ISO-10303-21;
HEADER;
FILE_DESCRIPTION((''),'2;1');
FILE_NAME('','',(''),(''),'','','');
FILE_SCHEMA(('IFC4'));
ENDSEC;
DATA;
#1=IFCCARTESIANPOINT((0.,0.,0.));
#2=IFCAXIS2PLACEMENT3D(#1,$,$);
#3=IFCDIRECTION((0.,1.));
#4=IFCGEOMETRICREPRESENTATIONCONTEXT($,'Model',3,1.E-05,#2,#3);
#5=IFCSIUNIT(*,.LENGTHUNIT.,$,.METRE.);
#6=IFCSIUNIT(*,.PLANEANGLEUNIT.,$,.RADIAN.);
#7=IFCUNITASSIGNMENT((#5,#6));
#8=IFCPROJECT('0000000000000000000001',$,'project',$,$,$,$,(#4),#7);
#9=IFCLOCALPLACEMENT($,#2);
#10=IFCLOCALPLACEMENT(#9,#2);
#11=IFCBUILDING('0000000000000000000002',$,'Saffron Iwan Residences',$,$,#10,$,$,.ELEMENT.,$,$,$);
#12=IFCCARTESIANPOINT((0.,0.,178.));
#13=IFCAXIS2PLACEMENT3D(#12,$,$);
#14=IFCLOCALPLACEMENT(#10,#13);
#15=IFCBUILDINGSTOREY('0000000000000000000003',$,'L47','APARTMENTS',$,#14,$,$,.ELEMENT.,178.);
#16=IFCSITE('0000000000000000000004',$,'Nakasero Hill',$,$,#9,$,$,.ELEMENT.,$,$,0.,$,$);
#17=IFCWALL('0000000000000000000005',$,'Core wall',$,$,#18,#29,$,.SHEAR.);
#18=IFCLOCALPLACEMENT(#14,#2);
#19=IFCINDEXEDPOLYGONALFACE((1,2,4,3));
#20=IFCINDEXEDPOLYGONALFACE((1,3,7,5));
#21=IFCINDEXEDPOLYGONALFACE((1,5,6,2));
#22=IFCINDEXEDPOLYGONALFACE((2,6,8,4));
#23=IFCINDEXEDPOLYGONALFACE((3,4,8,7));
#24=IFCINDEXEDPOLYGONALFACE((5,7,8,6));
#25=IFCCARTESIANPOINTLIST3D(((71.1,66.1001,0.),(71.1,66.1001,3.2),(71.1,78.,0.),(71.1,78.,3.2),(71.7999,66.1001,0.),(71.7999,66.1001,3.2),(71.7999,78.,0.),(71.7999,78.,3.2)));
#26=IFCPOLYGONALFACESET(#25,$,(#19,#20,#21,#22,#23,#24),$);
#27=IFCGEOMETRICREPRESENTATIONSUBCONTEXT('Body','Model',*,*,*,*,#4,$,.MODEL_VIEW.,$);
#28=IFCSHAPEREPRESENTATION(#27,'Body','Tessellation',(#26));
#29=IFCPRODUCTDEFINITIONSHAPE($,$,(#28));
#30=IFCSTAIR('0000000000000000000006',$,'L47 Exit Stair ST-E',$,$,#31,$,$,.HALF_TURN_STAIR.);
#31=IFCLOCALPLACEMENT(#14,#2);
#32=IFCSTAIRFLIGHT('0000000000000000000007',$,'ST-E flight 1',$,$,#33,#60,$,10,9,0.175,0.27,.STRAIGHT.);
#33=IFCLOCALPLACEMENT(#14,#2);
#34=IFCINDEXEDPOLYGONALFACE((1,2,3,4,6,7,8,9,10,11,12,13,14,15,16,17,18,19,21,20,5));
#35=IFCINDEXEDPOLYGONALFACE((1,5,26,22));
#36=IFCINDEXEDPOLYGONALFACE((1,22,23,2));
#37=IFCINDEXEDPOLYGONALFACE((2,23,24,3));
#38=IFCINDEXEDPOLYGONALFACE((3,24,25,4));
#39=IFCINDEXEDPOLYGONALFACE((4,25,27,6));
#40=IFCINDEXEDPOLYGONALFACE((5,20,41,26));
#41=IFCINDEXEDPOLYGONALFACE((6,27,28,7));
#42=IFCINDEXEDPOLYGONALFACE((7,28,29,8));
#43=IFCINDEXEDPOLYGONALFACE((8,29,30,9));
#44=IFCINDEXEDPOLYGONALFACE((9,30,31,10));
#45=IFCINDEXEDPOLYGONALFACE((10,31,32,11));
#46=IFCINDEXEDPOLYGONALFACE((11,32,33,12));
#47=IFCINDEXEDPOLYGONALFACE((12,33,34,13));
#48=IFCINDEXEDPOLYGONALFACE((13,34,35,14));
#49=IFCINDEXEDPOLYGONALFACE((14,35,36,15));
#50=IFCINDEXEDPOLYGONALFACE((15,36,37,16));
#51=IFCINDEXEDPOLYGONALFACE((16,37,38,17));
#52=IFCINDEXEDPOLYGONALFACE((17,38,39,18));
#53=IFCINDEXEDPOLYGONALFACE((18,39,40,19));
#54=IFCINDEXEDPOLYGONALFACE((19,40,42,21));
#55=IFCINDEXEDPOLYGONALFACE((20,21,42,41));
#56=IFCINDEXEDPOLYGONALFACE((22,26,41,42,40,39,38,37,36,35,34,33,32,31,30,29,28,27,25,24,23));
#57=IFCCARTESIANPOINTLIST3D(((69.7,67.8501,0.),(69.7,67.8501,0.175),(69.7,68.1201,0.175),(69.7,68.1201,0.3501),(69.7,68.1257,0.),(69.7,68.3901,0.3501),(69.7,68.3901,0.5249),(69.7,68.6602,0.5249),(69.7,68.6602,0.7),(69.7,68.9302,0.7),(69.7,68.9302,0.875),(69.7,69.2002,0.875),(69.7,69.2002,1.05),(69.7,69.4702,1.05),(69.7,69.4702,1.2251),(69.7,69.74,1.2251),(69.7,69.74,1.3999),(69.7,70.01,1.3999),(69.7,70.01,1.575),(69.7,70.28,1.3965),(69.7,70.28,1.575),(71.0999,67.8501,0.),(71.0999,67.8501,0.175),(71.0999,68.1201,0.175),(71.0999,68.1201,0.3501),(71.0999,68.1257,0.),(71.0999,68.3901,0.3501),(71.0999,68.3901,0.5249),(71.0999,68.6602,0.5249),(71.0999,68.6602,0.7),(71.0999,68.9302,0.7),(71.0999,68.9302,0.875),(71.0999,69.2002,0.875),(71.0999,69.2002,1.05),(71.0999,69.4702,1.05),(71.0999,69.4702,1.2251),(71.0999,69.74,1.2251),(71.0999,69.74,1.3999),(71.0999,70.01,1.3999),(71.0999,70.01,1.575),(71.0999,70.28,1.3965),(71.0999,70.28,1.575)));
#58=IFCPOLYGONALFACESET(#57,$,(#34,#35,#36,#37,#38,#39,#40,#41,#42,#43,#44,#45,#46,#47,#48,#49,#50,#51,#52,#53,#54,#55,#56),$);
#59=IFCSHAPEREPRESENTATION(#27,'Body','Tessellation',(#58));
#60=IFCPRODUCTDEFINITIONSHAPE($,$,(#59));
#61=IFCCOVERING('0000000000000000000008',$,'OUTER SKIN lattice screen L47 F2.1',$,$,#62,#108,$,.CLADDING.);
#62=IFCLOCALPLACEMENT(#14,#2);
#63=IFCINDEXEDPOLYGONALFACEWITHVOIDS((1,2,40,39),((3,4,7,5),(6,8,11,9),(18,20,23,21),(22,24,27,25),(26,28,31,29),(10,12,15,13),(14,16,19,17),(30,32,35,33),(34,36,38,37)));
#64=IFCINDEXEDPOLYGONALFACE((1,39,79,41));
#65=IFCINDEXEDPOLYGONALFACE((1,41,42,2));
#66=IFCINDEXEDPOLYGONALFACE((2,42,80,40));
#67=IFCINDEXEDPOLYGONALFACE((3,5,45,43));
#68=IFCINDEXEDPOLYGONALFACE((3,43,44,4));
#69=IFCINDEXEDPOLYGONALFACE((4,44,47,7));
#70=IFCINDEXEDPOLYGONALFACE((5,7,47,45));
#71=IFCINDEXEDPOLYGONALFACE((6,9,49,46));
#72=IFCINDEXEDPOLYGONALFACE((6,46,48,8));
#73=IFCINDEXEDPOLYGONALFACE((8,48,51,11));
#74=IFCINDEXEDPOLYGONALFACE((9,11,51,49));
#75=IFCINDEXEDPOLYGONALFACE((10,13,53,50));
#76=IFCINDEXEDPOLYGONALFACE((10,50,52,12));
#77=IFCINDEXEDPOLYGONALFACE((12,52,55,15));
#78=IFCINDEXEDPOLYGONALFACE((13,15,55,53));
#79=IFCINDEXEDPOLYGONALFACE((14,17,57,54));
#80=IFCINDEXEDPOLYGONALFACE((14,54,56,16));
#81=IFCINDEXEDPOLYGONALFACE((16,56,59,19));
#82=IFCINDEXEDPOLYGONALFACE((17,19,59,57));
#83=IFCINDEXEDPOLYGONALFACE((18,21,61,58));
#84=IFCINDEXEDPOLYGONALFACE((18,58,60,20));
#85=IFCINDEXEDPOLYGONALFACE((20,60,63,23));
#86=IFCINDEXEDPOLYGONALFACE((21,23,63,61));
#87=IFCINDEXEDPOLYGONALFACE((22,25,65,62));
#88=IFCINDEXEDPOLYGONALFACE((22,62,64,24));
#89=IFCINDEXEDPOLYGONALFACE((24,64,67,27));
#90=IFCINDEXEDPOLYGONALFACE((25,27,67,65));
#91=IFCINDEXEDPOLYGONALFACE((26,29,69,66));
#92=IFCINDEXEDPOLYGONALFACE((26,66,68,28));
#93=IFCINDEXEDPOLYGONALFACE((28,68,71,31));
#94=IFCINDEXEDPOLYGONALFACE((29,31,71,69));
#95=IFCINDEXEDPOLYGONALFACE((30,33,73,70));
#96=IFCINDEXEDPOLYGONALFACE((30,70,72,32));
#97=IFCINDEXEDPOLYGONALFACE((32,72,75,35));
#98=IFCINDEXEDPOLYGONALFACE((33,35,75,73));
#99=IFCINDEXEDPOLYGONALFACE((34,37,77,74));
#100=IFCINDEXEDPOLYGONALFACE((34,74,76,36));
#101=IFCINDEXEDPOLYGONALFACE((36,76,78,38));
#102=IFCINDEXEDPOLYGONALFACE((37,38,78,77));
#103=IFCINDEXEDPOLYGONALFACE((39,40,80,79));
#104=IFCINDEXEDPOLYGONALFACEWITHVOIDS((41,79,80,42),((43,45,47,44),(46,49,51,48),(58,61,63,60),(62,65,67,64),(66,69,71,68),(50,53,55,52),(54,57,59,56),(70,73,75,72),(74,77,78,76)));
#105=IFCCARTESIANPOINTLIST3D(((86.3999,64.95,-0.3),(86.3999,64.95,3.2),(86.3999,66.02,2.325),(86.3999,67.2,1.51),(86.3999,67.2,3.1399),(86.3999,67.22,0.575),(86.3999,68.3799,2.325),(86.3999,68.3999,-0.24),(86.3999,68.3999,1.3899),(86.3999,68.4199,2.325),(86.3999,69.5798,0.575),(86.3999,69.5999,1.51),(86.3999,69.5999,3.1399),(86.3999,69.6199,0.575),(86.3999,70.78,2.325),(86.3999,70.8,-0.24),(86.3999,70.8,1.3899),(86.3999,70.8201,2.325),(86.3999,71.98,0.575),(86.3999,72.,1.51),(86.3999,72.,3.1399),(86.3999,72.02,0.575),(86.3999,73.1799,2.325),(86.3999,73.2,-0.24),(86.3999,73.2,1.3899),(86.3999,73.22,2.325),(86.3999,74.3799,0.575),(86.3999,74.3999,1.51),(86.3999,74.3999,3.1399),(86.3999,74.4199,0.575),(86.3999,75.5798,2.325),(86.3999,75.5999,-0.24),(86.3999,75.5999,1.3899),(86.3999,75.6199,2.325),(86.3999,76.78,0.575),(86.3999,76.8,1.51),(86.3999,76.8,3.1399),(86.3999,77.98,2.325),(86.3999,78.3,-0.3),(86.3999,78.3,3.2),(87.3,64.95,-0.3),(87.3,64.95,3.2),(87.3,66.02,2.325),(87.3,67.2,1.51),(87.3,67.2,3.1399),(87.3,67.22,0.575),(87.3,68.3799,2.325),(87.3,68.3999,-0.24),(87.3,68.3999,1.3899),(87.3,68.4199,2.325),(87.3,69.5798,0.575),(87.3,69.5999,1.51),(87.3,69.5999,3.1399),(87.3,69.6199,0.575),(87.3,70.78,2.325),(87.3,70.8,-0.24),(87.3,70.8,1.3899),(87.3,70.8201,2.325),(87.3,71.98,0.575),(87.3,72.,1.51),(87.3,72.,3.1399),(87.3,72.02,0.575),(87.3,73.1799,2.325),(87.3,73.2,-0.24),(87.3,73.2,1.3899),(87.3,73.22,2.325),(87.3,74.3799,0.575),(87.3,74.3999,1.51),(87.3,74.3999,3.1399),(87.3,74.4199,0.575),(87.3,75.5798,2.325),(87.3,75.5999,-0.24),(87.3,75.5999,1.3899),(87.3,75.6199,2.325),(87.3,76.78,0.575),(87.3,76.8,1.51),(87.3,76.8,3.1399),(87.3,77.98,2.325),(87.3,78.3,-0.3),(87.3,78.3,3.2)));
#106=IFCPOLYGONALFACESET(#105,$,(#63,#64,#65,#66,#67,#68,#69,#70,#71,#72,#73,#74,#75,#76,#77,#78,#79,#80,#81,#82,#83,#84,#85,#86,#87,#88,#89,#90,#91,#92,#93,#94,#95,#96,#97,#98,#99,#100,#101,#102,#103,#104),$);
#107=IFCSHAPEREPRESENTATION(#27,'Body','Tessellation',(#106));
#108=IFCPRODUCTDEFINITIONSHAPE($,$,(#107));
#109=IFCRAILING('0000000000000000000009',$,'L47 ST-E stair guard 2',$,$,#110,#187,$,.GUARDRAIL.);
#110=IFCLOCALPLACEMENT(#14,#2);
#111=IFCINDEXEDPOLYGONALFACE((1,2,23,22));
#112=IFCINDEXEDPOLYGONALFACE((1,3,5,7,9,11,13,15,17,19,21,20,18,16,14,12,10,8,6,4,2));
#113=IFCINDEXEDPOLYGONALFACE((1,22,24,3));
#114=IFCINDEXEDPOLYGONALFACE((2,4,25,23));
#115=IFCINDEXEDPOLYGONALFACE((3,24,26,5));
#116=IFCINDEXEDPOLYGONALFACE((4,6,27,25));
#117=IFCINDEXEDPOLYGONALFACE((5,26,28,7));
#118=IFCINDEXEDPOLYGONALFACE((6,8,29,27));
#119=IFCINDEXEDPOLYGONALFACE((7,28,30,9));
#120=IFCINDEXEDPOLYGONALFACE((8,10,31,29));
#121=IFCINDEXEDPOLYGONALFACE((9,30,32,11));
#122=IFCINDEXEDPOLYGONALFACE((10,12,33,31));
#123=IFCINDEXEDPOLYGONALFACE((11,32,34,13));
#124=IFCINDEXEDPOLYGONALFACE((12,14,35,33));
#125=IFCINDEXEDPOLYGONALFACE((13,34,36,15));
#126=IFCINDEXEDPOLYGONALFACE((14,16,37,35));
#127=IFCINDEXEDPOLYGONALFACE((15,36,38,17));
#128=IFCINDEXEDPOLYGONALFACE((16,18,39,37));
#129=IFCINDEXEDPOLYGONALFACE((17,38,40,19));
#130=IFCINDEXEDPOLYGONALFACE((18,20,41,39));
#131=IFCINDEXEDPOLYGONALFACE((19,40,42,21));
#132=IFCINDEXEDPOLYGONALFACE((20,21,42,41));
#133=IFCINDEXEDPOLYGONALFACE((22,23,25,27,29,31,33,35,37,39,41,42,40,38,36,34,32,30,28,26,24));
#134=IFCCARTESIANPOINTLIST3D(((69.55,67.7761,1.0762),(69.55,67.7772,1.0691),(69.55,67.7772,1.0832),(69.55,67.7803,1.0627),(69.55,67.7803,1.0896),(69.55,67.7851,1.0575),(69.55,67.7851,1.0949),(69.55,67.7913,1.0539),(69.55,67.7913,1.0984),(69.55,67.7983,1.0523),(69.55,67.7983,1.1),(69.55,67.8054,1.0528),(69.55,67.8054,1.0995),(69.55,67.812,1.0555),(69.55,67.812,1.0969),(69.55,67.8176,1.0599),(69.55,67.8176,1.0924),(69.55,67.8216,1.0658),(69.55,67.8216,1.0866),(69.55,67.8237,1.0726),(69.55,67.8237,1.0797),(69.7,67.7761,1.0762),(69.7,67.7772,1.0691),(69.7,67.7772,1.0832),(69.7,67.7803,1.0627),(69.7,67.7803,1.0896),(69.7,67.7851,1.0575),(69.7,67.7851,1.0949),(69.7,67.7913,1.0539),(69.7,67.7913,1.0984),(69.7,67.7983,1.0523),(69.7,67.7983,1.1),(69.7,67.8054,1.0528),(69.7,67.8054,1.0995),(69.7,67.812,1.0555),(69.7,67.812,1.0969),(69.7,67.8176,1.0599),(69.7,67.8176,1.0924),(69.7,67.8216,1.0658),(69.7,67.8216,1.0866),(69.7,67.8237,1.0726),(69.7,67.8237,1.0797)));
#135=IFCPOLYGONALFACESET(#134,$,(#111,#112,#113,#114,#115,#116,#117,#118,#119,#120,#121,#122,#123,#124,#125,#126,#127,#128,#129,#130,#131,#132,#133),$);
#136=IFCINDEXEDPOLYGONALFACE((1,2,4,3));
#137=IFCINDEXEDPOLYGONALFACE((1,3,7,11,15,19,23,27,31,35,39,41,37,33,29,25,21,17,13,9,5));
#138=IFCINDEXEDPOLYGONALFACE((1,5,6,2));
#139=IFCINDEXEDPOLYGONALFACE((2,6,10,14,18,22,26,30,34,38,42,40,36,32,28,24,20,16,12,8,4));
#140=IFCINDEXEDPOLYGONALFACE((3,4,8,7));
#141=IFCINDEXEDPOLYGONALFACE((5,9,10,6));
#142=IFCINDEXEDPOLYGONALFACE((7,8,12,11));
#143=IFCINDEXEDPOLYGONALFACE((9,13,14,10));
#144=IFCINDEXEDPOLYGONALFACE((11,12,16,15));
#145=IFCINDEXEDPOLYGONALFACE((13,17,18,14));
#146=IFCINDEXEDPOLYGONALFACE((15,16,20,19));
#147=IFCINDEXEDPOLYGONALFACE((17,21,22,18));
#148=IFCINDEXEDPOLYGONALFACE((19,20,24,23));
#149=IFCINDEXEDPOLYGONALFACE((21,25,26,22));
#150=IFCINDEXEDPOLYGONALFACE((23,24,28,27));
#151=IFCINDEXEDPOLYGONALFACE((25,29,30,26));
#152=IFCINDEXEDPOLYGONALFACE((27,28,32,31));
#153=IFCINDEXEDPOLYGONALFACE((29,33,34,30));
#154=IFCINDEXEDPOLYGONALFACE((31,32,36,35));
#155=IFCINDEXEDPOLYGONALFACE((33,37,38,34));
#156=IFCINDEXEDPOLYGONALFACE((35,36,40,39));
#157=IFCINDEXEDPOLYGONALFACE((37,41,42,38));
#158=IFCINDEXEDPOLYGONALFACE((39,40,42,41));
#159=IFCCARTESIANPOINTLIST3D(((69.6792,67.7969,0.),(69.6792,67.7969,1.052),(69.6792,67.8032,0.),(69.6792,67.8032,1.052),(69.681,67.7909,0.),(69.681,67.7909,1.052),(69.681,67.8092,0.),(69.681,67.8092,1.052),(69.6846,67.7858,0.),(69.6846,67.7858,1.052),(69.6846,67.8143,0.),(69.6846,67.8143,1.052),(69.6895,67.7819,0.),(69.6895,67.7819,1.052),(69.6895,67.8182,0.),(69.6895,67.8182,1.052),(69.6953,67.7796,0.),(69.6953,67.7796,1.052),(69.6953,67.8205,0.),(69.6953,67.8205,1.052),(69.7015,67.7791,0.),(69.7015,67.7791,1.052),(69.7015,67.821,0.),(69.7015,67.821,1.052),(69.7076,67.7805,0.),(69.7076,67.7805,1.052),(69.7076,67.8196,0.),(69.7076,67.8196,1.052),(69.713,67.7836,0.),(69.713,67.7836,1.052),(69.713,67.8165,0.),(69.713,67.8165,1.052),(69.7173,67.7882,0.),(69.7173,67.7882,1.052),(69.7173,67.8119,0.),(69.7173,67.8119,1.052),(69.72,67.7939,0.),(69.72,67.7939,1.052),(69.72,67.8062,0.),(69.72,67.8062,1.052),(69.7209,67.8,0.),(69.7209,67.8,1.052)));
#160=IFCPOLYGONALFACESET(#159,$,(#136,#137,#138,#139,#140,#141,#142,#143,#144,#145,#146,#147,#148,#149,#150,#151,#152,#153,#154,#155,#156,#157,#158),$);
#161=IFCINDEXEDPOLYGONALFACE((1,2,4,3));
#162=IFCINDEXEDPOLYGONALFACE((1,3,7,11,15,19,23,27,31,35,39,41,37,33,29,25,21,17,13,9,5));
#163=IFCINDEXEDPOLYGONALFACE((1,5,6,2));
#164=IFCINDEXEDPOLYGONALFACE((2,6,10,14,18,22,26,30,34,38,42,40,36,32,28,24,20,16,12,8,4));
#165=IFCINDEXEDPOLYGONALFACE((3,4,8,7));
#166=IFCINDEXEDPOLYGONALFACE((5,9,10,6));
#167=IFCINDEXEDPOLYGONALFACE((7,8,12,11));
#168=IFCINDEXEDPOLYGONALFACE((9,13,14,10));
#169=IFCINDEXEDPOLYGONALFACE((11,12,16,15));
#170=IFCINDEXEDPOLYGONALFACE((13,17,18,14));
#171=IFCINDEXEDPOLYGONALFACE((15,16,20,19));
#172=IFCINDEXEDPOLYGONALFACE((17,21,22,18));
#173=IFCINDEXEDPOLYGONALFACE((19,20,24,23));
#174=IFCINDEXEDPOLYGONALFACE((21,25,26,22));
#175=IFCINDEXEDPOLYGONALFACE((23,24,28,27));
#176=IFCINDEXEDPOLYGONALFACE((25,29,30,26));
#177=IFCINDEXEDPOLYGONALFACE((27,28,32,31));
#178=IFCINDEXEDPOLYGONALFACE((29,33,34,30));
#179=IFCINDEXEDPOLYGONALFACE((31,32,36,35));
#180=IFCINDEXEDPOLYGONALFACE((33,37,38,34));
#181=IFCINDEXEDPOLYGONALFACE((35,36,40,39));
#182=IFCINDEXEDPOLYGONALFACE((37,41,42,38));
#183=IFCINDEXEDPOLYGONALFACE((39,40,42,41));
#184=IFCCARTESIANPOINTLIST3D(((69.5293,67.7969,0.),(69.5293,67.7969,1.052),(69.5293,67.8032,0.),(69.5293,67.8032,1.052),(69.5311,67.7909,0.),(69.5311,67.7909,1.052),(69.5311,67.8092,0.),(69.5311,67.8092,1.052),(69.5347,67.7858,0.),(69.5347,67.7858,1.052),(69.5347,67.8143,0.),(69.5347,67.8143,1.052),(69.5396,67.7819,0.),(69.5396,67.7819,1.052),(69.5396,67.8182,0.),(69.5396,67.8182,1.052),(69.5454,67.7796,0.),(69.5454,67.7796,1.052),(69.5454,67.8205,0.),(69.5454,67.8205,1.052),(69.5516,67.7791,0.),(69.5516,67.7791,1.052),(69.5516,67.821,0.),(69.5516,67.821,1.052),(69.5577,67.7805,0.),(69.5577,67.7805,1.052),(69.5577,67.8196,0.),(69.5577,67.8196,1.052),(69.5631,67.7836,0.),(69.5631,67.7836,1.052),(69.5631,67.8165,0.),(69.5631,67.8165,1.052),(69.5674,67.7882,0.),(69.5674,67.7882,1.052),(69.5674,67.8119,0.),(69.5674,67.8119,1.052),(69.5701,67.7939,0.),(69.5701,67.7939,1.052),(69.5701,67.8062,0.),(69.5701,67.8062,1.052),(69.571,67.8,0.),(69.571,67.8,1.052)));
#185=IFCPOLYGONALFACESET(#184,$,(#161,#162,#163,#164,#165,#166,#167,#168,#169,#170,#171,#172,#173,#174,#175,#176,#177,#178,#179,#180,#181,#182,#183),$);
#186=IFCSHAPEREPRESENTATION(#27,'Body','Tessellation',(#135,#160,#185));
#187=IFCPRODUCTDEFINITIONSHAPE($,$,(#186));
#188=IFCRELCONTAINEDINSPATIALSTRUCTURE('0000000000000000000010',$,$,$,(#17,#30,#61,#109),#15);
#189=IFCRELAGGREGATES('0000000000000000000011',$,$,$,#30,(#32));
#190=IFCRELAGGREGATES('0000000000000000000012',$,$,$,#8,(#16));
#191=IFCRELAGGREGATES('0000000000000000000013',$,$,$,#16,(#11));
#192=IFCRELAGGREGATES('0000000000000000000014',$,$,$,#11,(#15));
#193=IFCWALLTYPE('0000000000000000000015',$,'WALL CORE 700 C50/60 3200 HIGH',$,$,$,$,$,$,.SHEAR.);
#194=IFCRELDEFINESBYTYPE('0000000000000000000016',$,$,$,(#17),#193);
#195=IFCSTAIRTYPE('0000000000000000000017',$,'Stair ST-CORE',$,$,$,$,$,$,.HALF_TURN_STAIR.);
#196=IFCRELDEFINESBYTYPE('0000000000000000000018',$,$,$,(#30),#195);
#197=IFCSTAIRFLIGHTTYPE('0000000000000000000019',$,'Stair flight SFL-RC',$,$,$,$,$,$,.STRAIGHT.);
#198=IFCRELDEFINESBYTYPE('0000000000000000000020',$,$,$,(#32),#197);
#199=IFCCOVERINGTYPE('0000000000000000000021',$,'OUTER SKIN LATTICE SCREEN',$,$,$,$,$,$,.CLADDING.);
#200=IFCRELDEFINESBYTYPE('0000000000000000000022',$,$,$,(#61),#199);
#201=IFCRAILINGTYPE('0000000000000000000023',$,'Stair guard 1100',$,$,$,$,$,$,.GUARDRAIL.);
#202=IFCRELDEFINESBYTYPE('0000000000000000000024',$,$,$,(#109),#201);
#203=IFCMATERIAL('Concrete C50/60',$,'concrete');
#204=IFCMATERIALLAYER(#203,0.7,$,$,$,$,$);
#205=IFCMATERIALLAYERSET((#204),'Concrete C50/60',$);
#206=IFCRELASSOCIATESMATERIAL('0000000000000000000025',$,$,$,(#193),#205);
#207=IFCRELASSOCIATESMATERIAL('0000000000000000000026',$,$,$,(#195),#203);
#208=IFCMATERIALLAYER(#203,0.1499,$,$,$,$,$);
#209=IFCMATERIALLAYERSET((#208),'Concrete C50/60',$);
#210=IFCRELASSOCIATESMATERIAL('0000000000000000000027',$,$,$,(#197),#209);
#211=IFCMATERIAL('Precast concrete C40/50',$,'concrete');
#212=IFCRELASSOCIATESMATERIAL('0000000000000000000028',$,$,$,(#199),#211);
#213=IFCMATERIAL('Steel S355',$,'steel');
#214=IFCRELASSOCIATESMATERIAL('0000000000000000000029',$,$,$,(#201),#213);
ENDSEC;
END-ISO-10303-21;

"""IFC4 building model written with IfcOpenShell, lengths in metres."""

from ifc_helpers import new_model, si_unit, direction, frame, frame_2d, origin, origin_2d, place, context, subcontext, project, spatial, polyline, rectangle, circle, outline, extrude, material, layer, layer_set, type_object, element, aggregate, save


model = new_model("IFC4")

# Units and contexts
model_context = context("Model", 3, precision=1e-05, world=origin(), true_north=direction((0.0, 1.0)))
body_context = subcontext(model_context, "Body", "Model", "MODEL_VIEW")
ifc_project = project(units=[si_unit("LENGTHUNIT", "METRE"), si_unit("PLANEANGLEUNIT", "RADIAN")], contexts=[model_context])

# Site, building, storey
site_placement = place(None, origin())
site = spatial("IfcSite", under=ifc_project, at=site_placement, Name="Nakasero Hill", CompositionType="ELEMENT", RefElevation=0.0)
building_placement = place(site_placement, origin())
building = spatial("IfcBuilding", under=site, at=building_placement, Name="Saffron Iwan Residences", CompositionType="ELEMENT")
storey_placement = place(building_placement, frame((0.0, 0.0, 178.0)))
storey = spatial("IfcBuildingStorey", under=building, at=storey_placement, Name="L47", Description="APARTMENTS", CompositionType="ELEMENT", Elevation=178.0)

# Shared definitions
ifc_material_1 = material(Name="Concrete C50/60", Category="concrete")

# Wall
ifc_layer_1 = layer(ifc_material_1, 0.7)
ifc_layer_set_1 = layer_set([ifc_layer_1], Name="Concrete C50/60")
wall_type_1 = type_object("IfcWallType", Name="WALL CORE 700 C50/60 3200 HIGH", PredefinedType="SHEAR", material=ifc_layer_set_1)
wall_1_placement = place(storey_placement, frame((71.45, 66.1001, 0.0), z_axis=(0.0, 0.0, 1.0), x_axis=(0.0, 1.0, 0.0)))
element("IfcWall", 1, at=wall_1_placement, inside=storey, type_object=wall_type_1, Name="Core wall", PredefinedType="SHEAR", context=body_context, shape_type="SweptSolid", body=[
    extrude(rectangle(XDim=11.8999, YDim=0.7, at=frame_2d((5.95, 0.0))), origin(), (0.0, 0.0, 1.0), 3.2),
])

# Stair, stair flight
stair_type = type_object("IfcStairType", Name="Stair ST-CORE", PredefinedType="HALF_TURN_STAIR", material=ifc_material_1)
stair_placement = place(storey_placement, origin())
stair = element("IfcStair", 2, at=stair_placement, inside=storey, type_object=stair_type, Name="L47 Exit Stair ST-E", PredefinedType="HALF_TURN_STAIR")
ifc_layer_2 = layer(ifc_material_1, 0.1499)
ifc_layer_set_2 = layer_set([ifc_layer_2], Name="Concrete C50/60")
stair_flight_type = type_object("IfcStairFlightType", Name="Stair flight SFL-RC", PredefinedType="STRAIGHT", material=ifc_layer_set_2)
stair_flight_placement = place(storey_placement, frame((70.3999, 67.8501, 0.0), z_axis=(0.0, 0.0, 1.0), x_axis=(0.0, 1.0, 0.0)))
stair_flight = element("IfcStairFlight", 3, at=stair_flight_placement, type_object=stair_flight_type, Name="ST-E flight 1", NumberOfRisers=10, NumberOfTreads=9, PredefinedType="STRAIGHT", RiserHeight=0.175, TreadLength=0.27, context=body_context, shape_type="SweptSolid", body=[
    extrude(outline(polyline([(0.0, 0.0), (0.0, 0.175), (0.27, 0.175), (0.27, 0.3501), (0.54, 0.3501), (0.54, 0.5249), (0.8101, 0.5249), (0.8101, 0.7), (1.0801, 0.7), (1.0801, 0.875), (1.3501, 0.875), (1.3501, 1.05), (1.6201, 1.05), (1.6201, 1.2251), (1.8899, 1.2251), (1.8899, 1.3999), (2.1599, 1.3999), (2.1599, 1.575), (2.4299, 1.575), (2.4299, 1.75), (2.4299, 1.3965), (0.2756, 0.0), (0.0, 0.0)])), frame((0.0, 0.7, 0.0), z_axis=(0.0, -1.0, 0.0), x_axis=(1.0, 0.0, 0.0)), (0.0, 0.0, 1.0), 1.3999),
])
aggregate(stair, [stair_flight])

# Covering
ifc_material_2 = material(Name="Precast concrete C40/50", Category="concrete")
covering_type = type_object("IfcCoveringType", Name="OUTER SKIN LATTICE SCREEN", PredefinedType="CLADDING", material=ifc_material_2)
covering_placement = place(storey_placement, frame((86.3999, 64.95, -0.3), z_axis=(1.0, 0.0, 0.0), x_axis=(0.0, 1.0, 0.0)))
element("IfcCovering", 4, at=covering_placement, inside=storey, type_object=covering_type, Name="OUTER SKIN lattice screen L47 F2.1", PredefinedType="CLADDING", context=body_context, shape_type="SweptSolid", body=[
    extrude(outline(polyline([(0.0, 0.0), (13.3501, 0.0), (13.3501, 3.5), (0.0, 3.5), (0.0, 0.0)]), holes=[polyline([(2.27, 0.875), (3.45, 0.0601), (4.6299, 0.875), (3.45, 1.6899), (2.27, 0.875)]), polyline([(4.6699, 0.875), (5.8501, 0.0601), (7.03, 0.875), (5.8501, 1.6899), (4.6699, 0.875)]), polyline([(7.0701, 0.875), (8.25, 0.0601), (9.4299, 0.875), (8.25, 1.6899), (7.0701, 0.875)]), polyline([(9.47, 0.875), (10.6499, 0.0601), (11.8301, 0.875), (10.6499, 1.6899), (9.47, 0.875)]), polyline([(1.0701, 2.625), (2.25, 1.8101), (3.4299, 2.625), (2.25, 3.4399), (1.0701, 2.625)]), polyline([(3.47, 2.625), (4.6499, 1.8101), (5.8301, 2.625), (4.6499, 3.4399), (3.47, 2.625)]), polyline([(5.8701, 2.625), (7.05, 1.8101), (8.23, 2.625), (7.05, 3.4399), (5.8701, 2.625)]), polyline([(8.27, 2.625), (9.45, 1.8101), (10.6299, 2.625), (9.45, 3.4399), (8.27, 2.625)]), polyline([(10.6699, 2.625), (11.8501, 1.8101), (13.03, 2.625), (11.8501, 3.4399), (10.6699, 2.625)])]), origin(), (0.0, 0.0, 1.0), 0.9001),
])

# Railing
ifc_material_3 = material(Name="Steel S355", Category="steel")
railing_type_1 = type_object("IfcRailingType", Name="Stair guard 1100", PredefinedType="GUARDRAIL", material=ifc_material_3)
railing_1_placement = place(storey_placement, frame((69.7, 67.8, 0.0)))
element("IfcRailing", 5, at=railing_1_placement, inside=storey, type_object=railing_type_1, Name="L47 ST-E stair guard 2", PredefinedType="GUARDRAIL", context=body_context, shape_type="SweptSolid", body=[
    extrude(circle(Radius=0.0239, at=origin_2d()), frame((0.0, 0.0, 1.0762), z_axis=(-1.0, 0.0, 0.0), x_axis=(0.0, -1.0, 0.0)), (0.0, 0.0, 1.0), 0.1499),
    extrude(circle(Radius=0.021, at=origin_2d()), origin(), (0.0, 0.0, 1.0), 1.052),
    extrude(circle(Radius=0.021, at=origin_2d()), frame((-0.1499, 0.0, 0.0)), (0.0, 0.0, 1.0), 1.052),
])

save(model, "model.ifc")
